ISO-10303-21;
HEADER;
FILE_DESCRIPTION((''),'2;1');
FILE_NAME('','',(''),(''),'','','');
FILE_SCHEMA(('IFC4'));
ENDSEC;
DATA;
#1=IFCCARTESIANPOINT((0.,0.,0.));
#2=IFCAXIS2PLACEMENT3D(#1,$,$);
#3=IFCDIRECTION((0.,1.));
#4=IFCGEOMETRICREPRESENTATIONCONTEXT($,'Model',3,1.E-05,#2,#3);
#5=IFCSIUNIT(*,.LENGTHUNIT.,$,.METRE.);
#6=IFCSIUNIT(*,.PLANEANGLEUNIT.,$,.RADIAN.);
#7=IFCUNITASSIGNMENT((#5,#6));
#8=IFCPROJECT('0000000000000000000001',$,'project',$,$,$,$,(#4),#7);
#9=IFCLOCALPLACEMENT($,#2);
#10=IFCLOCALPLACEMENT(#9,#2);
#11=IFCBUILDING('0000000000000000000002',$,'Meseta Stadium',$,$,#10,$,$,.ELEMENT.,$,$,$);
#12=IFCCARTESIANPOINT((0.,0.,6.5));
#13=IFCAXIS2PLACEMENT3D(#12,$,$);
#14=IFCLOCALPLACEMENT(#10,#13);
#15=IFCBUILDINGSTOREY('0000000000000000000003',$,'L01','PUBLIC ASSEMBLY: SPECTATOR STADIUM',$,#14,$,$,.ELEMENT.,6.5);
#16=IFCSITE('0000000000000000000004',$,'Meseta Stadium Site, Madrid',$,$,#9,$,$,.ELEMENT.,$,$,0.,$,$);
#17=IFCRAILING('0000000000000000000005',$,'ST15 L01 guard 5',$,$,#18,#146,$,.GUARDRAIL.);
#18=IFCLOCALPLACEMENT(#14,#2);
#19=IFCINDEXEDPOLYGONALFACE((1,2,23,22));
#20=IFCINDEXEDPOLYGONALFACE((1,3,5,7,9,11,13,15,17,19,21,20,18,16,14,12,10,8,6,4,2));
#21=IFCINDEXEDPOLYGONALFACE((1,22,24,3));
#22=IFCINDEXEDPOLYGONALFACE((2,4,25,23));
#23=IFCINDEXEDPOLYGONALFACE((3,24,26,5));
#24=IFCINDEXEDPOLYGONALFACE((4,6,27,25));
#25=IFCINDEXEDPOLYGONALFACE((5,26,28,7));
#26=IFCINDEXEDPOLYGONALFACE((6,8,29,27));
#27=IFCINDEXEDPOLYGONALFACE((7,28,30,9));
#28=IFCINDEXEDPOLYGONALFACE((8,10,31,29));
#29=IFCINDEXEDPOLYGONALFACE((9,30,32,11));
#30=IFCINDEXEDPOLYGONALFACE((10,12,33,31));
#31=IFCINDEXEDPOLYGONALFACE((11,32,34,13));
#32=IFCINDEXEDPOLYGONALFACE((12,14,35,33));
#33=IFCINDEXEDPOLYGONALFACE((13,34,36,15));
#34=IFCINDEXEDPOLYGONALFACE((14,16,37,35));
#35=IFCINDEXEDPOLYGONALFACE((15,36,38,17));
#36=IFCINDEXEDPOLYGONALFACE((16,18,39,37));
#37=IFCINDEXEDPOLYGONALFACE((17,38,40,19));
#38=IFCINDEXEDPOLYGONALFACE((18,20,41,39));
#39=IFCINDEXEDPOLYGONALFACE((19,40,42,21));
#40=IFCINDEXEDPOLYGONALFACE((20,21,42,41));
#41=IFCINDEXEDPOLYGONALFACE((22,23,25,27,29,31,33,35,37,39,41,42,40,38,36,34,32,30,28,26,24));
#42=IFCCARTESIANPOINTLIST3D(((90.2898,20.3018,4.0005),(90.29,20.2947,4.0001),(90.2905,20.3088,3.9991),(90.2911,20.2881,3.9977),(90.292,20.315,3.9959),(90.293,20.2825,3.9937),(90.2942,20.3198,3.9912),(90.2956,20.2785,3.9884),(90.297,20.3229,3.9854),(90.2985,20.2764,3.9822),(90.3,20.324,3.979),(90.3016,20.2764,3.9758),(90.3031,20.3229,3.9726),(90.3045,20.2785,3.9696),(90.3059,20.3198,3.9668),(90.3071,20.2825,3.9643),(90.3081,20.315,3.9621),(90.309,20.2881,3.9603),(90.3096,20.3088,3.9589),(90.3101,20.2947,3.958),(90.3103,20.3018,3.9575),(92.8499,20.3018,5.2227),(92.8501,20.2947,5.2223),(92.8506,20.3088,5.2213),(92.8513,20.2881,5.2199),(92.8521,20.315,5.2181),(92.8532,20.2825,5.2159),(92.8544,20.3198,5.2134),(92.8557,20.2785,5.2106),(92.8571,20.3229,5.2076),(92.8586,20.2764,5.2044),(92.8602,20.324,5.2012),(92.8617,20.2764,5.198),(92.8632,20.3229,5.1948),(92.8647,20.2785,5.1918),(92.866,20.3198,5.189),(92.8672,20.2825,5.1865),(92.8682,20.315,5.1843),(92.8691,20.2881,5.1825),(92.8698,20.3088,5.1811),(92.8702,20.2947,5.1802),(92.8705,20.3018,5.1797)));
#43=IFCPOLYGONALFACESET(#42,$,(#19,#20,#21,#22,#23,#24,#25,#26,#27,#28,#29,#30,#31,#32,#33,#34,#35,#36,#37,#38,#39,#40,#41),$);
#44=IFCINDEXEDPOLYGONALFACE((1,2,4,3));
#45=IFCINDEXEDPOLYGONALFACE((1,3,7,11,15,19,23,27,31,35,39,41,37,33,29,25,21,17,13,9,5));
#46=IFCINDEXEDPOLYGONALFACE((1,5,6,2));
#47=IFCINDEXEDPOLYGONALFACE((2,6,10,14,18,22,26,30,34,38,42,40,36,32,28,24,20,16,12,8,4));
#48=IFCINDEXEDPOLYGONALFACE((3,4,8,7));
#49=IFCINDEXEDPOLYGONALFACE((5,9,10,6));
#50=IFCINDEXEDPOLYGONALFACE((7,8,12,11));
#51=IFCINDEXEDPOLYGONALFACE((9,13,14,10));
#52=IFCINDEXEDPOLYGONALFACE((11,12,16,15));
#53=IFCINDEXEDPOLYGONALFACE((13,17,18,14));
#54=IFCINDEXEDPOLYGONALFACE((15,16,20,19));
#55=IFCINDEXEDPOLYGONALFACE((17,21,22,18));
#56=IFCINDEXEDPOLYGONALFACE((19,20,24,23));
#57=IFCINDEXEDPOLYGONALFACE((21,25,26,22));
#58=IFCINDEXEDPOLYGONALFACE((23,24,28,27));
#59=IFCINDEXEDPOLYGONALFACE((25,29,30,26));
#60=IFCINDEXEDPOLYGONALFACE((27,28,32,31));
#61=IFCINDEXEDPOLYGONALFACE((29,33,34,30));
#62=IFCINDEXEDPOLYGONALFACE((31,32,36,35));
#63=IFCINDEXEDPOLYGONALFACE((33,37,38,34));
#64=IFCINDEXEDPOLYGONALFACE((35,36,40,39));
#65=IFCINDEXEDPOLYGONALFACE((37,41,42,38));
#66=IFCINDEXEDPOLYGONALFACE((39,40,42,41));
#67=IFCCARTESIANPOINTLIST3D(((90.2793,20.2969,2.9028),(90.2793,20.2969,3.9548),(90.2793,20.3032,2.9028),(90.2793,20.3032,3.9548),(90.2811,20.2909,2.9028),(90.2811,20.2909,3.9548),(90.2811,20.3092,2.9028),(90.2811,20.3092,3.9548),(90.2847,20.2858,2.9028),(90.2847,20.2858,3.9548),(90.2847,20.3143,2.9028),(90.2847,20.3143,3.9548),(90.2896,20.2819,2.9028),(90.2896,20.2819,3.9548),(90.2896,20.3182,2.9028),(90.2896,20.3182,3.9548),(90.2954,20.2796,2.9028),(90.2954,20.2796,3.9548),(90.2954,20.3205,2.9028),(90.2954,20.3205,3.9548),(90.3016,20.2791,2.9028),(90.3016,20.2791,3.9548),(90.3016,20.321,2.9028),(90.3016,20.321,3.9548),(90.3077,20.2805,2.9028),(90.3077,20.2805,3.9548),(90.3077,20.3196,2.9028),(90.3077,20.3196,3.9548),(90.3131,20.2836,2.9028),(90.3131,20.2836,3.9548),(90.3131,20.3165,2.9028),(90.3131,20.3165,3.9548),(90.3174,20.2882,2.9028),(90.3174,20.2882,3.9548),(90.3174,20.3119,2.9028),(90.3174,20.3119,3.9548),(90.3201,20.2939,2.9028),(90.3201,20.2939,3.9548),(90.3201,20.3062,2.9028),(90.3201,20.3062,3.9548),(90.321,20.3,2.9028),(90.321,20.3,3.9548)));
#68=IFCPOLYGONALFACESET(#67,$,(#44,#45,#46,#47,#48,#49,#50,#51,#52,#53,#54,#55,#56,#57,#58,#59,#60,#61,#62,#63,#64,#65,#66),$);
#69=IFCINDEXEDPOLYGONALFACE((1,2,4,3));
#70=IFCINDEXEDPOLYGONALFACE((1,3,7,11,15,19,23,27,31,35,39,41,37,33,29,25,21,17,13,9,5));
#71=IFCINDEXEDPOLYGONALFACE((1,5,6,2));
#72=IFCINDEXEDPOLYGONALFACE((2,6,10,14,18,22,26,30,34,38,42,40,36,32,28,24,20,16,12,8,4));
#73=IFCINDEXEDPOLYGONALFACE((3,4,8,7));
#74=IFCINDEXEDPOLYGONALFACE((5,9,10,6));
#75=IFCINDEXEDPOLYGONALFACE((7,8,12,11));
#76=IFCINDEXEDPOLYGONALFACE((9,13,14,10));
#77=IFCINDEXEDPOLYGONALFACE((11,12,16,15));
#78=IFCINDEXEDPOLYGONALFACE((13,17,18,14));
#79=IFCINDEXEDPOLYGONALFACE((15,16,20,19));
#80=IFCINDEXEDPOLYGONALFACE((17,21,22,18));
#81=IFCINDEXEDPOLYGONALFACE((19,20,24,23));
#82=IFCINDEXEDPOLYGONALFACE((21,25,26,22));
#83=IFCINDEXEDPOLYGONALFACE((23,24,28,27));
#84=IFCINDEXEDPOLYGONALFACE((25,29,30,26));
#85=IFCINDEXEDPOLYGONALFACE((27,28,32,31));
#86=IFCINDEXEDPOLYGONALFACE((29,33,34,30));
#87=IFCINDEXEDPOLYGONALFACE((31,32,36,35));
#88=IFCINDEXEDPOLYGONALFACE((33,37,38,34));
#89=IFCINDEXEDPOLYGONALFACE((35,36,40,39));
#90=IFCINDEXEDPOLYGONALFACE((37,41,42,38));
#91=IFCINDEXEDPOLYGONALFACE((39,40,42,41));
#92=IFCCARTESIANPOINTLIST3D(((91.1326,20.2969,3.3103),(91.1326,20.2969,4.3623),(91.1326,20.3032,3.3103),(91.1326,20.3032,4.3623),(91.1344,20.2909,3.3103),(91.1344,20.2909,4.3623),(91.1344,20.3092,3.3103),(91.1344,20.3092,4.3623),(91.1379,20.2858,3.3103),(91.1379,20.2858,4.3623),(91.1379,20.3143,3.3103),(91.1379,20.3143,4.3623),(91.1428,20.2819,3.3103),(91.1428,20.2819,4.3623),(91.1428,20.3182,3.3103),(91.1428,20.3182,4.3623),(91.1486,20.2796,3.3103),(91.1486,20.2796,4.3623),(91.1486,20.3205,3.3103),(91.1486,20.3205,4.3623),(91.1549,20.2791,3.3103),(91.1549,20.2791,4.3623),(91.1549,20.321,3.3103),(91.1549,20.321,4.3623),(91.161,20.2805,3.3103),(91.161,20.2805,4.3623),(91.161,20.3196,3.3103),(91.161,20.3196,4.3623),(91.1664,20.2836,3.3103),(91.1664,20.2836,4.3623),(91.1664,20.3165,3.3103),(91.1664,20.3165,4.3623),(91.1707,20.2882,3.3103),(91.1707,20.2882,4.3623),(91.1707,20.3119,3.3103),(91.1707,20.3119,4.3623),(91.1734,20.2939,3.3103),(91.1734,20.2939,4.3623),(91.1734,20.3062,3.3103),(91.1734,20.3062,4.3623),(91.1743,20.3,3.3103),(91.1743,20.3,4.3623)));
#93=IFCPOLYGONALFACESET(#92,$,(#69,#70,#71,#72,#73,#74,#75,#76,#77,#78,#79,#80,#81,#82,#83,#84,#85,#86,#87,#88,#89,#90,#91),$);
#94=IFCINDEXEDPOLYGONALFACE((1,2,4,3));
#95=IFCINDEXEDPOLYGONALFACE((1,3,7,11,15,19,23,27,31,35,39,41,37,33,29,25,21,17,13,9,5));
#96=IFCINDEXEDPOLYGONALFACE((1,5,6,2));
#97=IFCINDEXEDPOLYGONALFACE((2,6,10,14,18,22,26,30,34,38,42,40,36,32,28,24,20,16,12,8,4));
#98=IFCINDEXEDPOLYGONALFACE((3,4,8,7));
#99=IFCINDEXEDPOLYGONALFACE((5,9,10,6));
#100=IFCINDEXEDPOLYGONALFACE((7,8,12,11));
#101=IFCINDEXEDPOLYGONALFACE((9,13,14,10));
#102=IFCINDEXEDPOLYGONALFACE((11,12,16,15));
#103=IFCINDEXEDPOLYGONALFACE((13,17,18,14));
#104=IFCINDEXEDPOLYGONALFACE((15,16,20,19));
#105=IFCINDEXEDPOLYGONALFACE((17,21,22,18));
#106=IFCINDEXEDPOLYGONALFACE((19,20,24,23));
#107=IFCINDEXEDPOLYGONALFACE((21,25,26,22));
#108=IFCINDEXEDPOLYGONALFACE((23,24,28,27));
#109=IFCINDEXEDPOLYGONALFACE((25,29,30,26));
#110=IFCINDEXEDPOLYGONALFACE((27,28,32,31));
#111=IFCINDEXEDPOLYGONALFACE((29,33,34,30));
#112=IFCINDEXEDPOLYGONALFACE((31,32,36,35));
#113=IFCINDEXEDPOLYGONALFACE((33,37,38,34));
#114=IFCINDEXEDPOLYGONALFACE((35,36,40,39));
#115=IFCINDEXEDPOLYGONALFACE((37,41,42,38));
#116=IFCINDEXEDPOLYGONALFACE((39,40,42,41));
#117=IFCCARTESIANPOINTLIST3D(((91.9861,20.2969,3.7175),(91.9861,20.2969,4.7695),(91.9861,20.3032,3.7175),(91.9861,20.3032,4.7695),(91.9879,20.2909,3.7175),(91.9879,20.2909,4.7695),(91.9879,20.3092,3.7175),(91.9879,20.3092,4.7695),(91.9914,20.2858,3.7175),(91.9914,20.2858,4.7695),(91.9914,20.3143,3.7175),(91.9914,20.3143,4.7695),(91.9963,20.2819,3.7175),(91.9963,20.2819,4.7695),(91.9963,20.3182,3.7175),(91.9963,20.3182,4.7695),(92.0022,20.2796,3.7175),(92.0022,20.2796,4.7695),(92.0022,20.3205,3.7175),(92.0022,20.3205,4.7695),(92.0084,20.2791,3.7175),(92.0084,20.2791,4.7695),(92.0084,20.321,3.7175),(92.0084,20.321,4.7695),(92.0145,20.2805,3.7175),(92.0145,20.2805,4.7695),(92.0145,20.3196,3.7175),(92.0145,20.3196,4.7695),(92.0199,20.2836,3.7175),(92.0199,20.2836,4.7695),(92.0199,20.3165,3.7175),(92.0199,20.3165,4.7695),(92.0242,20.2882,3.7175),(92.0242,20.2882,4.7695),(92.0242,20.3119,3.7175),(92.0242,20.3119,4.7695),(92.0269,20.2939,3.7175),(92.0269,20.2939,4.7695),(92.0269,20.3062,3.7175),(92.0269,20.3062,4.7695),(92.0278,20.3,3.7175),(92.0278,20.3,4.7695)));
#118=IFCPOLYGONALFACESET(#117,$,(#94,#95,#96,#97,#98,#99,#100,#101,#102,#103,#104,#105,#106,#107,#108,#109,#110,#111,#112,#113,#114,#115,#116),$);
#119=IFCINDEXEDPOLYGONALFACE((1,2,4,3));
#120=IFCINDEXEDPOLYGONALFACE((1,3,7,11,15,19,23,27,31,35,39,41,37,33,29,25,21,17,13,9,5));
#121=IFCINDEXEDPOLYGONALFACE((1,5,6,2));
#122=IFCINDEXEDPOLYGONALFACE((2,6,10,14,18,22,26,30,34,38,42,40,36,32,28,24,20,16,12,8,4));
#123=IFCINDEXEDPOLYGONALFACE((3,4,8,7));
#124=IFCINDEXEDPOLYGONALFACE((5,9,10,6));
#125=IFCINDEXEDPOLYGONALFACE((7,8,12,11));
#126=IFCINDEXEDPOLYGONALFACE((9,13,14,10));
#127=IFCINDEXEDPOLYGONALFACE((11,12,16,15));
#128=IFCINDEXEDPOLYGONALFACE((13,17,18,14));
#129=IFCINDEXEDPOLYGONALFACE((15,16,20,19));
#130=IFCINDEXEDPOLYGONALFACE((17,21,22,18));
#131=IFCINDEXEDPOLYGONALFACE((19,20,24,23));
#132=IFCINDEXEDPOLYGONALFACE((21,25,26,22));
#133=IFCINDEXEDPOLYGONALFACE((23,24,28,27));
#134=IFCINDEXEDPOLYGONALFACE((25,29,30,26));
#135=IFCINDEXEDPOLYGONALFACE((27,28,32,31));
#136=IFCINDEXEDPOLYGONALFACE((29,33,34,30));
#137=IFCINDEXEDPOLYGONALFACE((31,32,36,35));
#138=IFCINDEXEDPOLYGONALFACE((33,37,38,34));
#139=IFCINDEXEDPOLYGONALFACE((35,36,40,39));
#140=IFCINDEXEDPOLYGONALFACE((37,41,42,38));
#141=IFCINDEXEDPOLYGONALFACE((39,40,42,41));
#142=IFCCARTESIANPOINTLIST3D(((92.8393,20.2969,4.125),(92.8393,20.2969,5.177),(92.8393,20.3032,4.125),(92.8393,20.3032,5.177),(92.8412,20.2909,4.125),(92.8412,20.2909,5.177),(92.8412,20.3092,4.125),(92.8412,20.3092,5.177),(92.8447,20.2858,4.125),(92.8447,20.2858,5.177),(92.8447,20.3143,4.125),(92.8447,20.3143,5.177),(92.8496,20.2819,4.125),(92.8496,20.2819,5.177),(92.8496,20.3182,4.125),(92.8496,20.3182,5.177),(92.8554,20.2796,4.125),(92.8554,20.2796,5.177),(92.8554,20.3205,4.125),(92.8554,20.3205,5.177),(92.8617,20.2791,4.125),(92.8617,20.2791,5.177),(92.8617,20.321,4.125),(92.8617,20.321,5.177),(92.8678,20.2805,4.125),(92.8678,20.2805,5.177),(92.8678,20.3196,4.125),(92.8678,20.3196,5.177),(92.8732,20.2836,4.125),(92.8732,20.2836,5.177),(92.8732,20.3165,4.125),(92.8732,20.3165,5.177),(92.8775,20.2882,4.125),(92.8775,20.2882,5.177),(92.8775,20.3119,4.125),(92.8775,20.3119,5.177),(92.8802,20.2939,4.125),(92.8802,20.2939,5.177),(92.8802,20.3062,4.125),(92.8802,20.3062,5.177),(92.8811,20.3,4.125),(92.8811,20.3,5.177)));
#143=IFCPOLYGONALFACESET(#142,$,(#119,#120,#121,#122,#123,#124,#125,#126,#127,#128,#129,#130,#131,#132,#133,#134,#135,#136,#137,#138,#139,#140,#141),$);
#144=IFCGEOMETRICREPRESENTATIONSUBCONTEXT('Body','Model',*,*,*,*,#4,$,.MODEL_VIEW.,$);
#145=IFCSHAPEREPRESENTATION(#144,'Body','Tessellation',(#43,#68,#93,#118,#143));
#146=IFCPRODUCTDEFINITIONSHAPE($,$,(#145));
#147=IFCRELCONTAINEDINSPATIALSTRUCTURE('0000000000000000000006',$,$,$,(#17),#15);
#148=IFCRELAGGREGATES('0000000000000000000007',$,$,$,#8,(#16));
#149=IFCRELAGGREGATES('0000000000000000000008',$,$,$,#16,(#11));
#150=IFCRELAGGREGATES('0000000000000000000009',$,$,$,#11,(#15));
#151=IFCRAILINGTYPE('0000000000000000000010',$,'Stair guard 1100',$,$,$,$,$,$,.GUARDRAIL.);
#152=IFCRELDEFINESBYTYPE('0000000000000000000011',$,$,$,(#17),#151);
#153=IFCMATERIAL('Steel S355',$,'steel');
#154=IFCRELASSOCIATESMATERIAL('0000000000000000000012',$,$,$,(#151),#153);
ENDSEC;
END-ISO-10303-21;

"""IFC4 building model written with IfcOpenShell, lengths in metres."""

from ifc_helpers import new_model, si_unit, direction, frame, origin, origin_2d, place, context, subcontext, project, spatial, circle, extrude, material, type_object, element, save


model = new_model("IFC4")

# Units and contexts
model_context = context("Model", 3, precision=1e-05, world=origin(), true_north=direction((0.0, 1.0)))
body_context = subcontext(model_context, "Body", "Model", "MODEL_VIEW")
ifc_project = project(units=[si_unit("LENGTHUNIT", "METRE"), si_unit("PLANEANGLEUNIT", "RADIAN")], contexts=[model_context])

# Site, building, storey
site_placement = place(None, origin())
site = spatial("IfcSite", under=ifc_project, at=site_placement, Name="Meseta Stadium Site, Madrid", CompositionType="ELEMENT", RefElevation=0.0)
building_placement = place(site_placement, origin())
building = spatial("IfcBuilding", under=site, at=building_placement, Name="Meseta Stadium", CompositionType="ELEMENT")
storey_placement = place(building_placement, frame((0.0, 0.0, 6.5)))
storey = spatial("IfcBuildingStorey", under=building, at=storey_placement, Name="L01", Description="PUBLIC ASSEMBLY: SPECTATOR STADIUM", CompositionType="ELEMENT", Elevation=6.5)

# Railing
ifc_material_1 = material(Name="Steel S355", Category="steel")
railing_type_1 = type_object("IfcRailingType", Name="Stair guard 1100", PredefinedType="GUARDRAIL", material=ifc_material_1)
railing_1_placement = place(storey_placement, frame((90.3, 20.3, 2.9028)))
element("IfcRailing", 1, at=railing_1_placement, inside=storey, type_object=railing_type_1, Name="ST15 L01 guard 5", PredefinedType="GUARDRAIL", context=body_context, shape_type="SweptSolid", body=[
    extrude(circle(Radius=0.0239, at=origin_2d()), frame((0.0, 0.0, 1.0762), z_axis=(0.902437, 0.0, 0.430822), x_axis=(0.0, 1.0, 0.0)), (0.0, 0.0, 1.0), 2.8369),
    extrude(circle(Radius=0.021, at=origin_2d()), origin(), (0.0, 0.0, 1.0), 1.052),
    extrude(circle(Radius=0.021, at=origin_2d()), frame((0.8533, 0.0, 0.4075)), (0.0, 0.0, 1.0), 1.052),
    extrude(circle(Radius=0.021, at=origin_2d()), frame((1.7068, 0.0, 0.8147)), (0.0, 0.0, 1.0), 1.052),
    extrude(circle(Radius=0.021, at=origin_2d()), frame((2.5601, 0.0, 1.2222)), (0.0, 0.0, 1.0), 1.052),
])

save(model, "model.ifc")
